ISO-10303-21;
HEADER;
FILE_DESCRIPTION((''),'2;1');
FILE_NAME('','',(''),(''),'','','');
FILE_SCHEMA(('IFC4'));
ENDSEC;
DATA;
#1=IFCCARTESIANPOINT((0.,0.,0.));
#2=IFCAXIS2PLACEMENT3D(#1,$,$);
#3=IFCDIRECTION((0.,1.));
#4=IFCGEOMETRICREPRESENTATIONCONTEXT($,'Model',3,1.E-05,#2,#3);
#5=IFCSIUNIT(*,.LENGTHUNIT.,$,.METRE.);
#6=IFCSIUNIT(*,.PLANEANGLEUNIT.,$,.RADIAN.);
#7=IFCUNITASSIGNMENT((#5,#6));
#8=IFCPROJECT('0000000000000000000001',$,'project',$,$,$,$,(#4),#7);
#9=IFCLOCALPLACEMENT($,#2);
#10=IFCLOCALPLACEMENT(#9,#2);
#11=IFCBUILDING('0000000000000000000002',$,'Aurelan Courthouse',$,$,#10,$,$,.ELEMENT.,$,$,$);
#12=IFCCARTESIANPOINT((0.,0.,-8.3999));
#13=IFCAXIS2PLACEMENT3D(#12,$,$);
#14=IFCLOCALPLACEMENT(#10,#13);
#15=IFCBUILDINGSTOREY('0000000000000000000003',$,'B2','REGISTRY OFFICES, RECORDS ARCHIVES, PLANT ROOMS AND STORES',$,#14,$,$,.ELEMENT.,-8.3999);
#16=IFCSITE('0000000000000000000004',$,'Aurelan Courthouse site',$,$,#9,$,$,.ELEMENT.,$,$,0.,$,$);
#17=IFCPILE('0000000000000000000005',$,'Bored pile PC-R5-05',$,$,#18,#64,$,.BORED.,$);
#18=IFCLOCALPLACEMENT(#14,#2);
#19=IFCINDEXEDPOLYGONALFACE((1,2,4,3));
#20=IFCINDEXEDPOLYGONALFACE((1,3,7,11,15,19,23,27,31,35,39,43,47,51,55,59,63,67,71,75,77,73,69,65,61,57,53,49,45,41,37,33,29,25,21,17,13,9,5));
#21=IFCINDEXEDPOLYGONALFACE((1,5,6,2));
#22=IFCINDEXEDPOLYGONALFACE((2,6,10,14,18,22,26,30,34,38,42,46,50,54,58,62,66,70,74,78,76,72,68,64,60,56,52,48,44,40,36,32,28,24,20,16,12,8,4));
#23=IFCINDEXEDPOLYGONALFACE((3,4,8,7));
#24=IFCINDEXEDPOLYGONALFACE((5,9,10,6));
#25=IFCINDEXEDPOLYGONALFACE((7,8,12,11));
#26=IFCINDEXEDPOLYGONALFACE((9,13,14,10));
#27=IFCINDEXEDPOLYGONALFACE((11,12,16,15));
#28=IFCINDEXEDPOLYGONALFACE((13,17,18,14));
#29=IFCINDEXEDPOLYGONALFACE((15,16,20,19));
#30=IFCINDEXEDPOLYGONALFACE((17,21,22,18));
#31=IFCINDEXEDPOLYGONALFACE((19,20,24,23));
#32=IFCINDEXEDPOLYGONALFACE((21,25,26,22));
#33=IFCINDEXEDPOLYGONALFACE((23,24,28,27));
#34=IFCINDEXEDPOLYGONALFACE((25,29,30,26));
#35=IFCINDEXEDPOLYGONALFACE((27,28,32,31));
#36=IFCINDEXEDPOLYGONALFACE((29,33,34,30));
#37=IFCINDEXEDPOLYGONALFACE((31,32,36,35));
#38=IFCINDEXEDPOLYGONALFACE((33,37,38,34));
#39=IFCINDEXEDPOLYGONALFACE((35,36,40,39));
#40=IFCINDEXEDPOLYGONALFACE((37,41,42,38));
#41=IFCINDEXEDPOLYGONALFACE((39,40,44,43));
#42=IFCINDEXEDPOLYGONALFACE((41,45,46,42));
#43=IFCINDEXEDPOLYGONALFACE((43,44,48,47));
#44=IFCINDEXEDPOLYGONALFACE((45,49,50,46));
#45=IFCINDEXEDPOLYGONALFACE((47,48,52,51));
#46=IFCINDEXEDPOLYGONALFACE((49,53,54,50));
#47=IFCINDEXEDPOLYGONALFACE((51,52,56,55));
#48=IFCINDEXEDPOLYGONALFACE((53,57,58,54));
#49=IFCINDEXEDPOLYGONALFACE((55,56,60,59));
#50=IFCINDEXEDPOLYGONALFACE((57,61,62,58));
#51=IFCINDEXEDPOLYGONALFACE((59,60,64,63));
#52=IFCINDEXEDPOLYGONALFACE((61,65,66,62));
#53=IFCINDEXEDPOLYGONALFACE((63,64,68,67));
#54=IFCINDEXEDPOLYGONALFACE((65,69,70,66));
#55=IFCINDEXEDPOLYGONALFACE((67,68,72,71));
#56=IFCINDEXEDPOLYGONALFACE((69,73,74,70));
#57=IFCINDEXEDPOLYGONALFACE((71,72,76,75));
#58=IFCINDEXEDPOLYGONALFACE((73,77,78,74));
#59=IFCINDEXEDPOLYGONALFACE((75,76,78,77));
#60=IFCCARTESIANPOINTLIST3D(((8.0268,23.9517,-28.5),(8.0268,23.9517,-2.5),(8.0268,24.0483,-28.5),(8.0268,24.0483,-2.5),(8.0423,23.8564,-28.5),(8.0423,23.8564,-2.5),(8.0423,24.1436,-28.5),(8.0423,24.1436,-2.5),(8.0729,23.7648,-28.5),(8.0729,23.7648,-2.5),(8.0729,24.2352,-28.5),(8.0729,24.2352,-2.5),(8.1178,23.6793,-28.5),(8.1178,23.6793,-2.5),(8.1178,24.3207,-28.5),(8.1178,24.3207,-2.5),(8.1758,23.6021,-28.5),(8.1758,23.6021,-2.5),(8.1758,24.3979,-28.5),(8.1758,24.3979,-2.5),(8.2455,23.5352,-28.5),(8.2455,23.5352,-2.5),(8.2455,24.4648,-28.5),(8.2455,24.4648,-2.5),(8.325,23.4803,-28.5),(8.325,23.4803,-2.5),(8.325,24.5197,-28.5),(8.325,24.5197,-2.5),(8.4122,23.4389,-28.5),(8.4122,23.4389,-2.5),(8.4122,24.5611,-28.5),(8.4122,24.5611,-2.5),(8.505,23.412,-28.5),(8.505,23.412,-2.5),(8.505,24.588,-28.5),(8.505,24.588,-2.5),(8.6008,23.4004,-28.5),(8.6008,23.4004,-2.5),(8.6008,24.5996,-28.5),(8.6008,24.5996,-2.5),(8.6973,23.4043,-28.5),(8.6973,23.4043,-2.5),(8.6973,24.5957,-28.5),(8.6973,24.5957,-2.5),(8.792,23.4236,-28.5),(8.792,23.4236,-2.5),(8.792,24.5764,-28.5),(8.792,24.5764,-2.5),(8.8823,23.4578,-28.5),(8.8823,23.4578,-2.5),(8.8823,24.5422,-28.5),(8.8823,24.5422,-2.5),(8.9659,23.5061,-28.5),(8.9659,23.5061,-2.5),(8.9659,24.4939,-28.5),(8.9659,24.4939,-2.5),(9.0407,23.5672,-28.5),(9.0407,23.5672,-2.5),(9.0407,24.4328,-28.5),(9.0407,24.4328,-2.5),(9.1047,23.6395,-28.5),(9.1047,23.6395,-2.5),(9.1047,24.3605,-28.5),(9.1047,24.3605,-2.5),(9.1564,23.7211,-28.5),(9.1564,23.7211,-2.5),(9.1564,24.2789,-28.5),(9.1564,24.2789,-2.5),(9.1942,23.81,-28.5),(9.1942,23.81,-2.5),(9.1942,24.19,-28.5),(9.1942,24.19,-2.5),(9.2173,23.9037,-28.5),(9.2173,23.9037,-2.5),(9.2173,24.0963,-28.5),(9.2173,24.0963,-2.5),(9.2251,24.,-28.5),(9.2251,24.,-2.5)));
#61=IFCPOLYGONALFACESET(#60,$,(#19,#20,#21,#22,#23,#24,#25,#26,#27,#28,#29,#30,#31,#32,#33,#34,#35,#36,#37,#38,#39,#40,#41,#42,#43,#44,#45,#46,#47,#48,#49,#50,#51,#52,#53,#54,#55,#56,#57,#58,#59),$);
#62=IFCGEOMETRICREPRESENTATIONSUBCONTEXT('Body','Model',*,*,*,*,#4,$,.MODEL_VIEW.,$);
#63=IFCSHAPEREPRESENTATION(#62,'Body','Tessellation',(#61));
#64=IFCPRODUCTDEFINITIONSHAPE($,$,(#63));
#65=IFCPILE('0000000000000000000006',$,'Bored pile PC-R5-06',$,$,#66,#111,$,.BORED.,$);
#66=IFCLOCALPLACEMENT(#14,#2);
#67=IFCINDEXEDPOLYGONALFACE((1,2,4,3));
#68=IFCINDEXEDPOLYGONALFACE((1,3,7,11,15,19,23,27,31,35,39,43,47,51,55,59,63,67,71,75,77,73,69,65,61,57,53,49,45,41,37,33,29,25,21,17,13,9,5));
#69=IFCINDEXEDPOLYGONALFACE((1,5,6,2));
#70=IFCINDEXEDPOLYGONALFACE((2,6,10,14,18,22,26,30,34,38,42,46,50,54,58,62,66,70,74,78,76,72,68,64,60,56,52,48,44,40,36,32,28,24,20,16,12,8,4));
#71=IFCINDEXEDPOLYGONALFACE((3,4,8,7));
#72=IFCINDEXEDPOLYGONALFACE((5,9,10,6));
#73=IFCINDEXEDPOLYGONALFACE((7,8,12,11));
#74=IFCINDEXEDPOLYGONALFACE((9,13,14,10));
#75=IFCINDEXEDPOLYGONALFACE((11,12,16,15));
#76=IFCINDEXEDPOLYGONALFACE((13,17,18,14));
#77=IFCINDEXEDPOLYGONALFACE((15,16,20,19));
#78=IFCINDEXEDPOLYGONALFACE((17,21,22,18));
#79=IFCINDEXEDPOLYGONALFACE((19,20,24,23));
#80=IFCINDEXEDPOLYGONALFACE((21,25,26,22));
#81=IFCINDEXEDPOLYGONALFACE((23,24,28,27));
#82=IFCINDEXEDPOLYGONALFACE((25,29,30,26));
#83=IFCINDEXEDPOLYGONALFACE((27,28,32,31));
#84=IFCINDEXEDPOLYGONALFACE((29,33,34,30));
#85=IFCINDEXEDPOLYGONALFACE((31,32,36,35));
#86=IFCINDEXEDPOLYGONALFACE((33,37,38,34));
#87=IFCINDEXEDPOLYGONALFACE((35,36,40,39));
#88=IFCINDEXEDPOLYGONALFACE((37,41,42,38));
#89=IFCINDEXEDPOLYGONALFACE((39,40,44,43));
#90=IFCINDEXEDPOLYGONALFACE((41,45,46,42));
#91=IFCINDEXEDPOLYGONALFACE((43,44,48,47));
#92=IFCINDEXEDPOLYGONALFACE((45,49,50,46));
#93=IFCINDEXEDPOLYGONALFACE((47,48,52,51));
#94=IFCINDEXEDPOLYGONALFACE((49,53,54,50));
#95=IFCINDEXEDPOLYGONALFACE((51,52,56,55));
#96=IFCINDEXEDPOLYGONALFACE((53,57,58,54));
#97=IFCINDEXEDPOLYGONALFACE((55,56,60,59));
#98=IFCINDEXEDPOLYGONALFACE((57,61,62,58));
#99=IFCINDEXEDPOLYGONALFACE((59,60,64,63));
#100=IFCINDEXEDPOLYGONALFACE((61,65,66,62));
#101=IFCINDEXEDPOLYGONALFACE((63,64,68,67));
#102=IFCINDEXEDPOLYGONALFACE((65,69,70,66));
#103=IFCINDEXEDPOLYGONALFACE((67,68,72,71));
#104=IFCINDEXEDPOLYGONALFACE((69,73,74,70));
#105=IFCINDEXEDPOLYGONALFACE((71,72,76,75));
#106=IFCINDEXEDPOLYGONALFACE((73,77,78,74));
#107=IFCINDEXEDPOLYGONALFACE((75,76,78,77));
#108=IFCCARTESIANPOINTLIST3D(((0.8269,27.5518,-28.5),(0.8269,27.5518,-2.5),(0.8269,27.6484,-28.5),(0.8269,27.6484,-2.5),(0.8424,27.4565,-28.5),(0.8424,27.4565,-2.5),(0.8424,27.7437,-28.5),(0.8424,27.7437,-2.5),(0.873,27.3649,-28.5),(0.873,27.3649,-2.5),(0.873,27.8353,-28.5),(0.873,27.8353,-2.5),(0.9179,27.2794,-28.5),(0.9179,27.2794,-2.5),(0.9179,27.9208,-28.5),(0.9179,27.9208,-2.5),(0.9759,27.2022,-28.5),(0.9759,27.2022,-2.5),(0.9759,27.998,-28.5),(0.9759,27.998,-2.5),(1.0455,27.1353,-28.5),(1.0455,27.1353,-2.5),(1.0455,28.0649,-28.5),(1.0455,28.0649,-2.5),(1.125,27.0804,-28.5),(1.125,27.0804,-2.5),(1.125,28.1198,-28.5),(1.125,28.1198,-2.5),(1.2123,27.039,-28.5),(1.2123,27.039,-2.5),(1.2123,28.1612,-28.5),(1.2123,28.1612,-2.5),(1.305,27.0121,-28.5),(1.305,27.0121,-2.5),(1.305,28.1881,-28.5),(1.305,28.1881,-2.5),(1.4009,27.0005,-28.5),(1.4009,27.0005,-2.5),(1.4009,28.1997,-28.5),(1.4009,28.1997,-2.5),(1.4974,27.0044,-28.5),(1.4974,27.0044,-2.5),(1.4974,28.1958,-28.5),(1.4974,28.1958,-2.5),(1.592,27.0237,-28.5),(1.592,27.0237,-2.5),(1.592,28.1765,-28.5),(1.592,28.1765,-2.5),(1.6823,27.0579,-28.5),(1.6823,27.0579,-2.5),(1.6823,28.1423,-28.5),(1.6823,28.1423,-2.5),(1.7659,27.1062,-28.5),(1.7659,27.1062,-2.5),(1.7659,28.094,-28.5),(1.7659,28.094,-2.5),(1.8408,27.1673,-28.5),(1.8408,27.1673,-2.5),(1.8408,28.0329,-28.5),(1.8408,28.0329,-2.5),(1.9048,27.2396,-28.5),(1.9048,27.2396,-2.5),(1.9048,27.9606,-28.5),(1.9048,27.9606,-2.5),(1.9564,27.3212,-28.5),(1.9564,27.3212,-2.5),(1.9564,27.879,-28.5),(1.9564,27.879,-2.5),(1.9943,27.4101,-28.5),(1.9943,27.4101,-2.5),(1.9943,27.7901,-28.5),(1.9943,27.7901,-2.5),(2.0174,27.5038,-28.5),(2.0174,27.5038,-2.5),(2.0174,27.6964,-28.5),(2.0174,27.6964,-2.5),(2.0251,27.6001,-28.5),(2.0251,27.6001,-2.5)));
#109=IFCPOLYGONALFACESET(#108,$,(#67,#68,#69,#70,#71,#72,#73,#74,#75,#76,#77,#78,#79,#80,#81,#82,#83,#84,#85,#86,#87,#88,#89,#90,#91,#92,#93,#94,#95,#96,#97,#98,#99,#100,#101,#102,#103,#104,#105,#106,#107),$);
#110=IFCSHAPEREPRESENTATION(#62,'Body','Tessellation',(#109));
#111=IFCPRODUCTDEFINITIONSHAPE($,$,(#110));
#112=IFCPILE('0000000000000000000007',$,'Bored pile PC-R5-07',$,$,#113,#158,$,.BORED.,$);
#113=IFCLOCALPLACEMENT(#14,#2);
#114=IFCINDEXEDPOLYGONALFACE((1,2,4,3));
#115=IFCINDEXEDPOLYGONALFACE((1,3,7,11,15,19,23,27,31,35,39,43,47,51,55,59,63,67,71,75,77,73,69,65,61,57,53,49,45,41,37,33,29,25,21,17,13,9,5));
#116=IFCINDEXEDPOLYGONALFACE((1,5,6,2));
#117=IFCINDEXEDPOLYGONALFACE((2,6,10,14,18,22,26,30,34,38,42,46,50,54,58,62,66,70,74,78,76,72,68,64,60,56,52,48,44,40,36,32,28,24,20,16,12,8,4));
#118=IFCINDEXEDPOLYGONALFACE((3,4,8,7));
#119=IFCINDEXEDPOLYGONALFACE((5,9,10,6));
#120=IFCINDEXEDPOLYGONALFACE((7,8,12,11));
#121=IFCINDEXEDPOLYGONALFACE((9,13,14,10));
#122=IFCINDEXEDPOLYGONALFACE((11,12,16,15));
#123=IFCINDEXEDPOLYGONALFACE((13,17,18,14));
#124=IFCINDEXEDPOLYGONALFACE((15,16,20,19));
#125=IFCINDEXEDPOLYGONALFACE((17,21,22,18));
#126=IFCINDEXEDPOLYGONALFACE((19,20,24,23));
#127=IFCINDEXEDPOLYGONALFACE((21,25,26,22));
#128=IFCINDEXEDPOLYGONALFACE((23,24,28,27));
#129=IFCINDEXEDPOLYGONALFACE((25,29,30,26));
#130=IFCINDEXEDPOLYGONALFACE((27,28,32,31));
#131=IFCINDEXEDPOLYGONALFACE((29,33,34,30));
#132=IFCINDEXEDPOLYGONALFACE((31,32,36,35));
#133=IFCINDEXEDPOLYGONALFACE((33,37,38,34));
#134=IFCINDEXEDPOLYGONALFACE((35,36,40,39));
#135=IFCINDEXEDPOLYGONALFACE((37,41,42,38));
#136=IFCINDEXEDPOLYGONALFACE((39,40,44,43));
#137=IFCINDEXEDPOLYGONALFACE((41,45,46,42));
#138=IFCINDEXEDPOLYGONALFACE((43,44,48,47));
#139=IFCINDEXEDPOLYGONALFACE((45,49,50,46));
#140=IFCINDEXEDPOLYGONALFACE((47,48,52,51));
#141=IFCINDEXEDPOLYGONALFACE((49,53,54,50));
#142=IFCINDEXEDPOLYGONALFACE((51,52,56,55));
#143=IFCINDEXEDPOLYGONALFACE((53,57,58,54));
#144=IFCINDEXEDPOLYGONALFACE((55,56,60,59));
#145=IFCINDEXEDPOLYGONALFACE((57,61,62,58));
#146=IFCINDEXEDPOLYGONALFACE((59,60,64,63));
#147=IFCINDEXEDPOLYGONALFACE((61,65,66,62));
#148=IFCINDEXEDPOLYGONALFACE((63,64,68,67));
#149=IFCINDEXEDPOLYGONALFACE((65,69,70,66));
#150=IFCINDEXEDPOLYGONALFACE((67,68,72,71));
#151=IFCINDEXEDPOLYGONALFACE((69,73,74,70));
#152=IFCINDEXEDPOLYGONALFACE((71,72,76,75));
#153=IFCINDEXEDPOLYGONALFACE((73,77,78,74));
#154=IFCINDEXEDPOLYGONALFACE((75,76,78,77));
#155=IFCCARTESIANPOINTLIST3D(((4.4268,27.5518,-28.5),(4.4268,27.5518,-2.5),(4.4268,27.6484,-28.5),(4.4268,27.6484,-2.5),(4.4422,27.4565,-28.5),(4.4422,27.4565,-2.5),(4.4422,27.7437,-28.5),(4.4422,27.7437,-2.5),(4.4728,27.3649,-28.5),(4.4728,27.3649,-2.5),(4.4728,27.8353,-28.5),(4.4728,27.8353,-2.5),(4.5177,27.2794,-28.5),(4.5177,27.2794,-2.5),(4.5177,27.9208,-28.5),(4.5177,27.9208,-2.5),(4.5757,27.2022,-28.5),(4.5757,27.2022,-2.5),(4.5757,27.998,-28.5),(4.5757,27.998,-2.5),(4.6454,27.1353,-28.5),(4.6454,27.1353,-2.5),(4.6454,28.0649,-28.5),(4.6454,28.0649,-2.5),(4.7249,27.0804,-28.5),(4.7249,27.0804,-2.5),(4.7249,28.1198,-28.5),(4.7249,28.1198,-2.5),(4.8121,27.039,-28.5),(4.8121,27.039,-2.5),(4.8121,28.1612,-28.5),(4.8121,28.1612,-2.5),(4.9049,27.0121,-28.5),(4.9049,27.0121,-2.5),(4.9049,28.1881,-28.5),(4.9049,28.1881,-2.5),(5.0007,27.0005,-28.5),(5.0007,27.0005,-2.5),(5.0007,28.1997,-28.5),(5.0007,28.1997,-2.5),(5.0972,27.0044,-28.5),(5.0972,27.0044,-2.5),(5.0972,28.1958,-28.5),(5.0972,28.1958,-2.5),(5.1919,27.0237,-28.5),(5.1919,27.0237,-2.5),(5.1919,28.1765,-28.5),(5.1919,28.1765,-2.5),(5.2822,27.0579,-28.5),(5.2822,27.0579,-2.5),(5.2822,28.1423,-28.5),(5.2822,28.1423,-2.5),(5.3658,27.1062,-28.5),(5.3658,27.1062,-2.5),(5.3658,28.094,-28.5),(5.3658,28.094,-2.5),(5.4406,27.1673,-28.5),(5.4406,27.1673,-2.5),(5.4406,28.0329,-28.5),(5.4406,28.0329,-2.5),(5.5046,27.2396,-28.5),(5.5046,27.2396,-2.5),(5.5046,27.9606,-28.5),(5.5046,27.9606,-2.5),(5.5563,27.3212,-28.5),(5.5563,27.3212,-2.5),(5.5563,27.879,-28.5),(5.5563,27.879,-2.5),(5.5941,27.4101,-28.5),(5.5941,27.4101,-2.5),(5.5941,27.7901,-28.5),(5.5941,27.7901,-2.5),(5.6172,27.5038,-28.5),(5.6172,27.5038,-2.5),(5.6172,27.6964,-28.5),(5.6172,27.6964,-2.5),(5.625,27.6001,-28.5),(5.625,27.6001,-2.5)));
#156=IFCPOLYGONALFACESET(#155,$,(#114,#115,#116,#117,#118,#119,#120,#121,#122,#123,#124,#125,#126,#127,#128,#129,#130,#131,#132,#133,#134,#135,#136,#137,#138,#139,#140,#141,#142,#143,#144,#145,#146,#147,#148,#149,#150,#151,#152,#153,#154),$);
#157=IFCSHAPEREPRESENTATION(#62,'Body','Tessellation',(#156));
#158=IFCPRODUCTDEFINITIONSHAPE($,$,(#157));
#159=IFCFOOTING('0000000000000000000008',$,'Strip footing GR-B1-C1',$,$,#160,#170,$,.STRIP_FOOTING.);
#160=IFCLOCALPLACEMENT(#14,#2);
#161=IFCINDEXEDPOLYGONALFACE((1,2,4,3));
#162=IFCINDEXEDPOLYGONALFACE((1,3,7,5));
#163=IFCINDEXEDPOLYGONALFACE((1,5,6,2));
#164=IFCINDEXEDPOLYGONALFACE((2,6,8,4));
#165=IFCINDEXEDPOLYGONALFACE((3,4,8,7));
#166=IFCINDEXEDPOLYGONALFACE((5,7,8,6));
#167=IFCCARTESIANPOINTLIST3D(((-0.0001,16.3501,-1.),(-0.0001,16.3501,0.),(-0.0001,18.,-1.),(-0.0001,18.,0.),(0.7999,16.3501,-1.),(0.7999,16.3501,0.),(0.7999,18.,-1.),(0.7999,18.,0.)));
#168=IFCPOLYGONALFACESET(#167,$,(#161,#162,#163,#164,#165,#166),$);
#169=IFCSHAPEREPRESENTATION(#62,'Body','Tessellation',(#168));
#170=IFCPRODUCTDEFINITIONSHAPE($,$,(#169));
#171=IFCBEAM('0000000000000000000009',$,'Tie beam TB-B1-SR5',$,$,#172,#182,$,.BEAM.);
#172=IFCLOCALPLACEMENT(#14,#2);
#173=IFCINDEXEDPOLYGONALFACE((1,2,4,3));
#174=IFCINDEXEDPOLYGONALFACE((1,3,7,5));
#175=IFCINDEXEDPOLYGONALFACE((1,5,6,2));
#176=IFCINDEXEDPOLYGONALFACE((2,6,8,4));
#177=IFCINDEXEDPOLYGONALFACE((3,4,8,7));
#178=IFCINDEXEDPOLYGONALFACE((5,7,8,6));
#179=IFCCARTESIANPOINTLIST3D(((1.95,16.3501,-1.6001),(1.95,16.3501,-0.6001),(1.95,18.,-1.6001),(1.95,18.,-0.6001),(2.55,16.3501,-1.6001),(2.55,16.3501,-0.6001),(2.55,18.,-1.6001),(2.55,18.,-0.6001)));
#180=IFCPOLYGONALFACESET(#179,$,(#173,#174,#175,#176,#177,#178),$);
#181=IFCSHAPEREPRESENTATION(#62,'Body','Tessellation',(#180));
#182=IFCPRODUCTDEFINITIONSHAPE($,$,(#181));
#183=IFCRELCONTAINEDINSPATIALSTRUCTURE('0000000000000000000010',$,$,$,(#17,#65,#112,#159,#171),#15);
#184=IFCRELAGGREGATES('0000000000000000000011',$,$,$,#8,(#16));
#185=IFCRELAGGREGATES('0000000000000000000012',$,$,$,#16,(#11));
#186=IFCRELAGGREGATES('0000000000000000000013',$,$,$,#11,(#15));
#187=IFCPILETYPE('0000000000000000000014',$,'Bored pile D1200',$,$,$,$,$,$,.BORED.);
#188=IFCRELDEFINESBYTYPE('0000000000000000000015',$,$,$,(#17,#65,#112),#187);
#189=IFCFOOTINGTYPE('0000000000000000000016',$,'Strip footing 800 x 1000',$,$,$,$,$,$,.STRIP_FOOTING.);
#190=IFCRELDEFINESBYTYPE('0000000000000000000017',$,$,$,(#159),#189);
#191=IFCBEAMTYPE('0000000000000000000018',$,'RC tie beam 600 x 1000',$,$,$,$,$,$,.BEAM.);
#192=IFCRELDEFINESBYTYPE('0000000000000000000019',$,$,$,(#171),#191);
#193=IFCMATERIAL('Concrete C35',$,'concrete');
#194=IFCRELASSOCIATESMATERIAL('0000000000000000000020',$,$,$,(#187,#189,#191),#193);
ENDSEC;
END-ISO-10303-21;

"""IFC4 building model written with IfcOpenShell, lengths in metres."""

from ifc_helpers import new_model, si_unit, direction, frame, origin, origin_2d, place, context, subcontext, project, spatial, rectangle, circle, extrude, material, material_profile, profile_set, type_object, element, save


model = new_model("IFC4")

# Units and contexts
model_context = context("Model", 3, precision=1e-05, world=origin(), true_north=direction((0.0, 1.0)))
body_context = subcontext(model_context, "Body", "Model", "MODEL_VIEW")
ifc_project = project(units=[si_unit("LENGTHUNIT", "METRE"), si_unit("PLANEANGLEUNIT", "RADIAN")], contexts=[model_context])

# Site, building, storey
site_placement = place(None, origin())
site = spatial("IfcSite", under=ifc_project, at=site_placement, Name="Aurelan Courthouse site", CompositionType="ELEMENT", RefElevation=0.0)
building_placement = place(site_placement, origin())
building = spatial("IfcBuilding", under=site, at=building_placement, Name="Aurelan Courthouse", CompositionType="ELEMENT")
storey_placement = place(building_placement, frame((0.0, 0.0, -8.3999)))
storey = spatial("IfcBuildingStorey", under=building, at=storey_placement, Name="B2", Description="REGISTRY OFFICES, RECORDS ARCHIVES, PLANT ROOMS AND STORES", CompositionType="ELEMENT", Elevation=-8.3999)

# Piles
ifc_material_1 = material(Name="Concrete C35", Category="concrete")
ifc_material_profile_1 = material_profile(ifc_material_1, circle(Radius=0.6001, at=origin_2d()), Name="D1200")
ifc_profile_set_1 = profile_set([ifc_material_profile_1], Name="Concrete C35")
pile_type = type_object("IfcPileType", Name="Bored pile D1200", PredefinedType="BORED", material=ifc_profile_set_1)
for number, where, z_axis, x_axis, name in (
    (1, (8.625, 24.0, -2.5), (0.0, 0.0, -1.0), (1.0, 0.0, 0.0), "Bored pile PC-R5-05"),
    (2, (1.425, 27.6001, -2.5), (0.0, 0.0, -1.0), (1.0, 0.0, 0.0), "Bored pile PC-R5-06"),
    (3, (5.0249, 27.6001, -2.5), (0.0, 0.0, -1.0), (1.0, 0.0, 0.0), "Bored pile PC-R5-07"),
):
    element("IfcPile", number, at=place(storey_placement, frame(where, z_axis=z_axis, x_axis=x_axis)), inside=storey, type_object=pile_type, Name=name, PredefinedType="BORED", context=body_context, shape_type="SweptSolid", body=[
        extrude(circle(Radius=0.6001, at=origin_2d()), origin(), (0.0, 0.0, 1.0), 26.0),
    ])

# Footing
footing_type = type_object("IfcFootingType", Name="Strip footing 800 x 1000", PredefinedType="STRIP_FOOTING", material=ifc_material_1)
footing_placement = place(storey_placement, frame((0.3999, 17.175, -1.0), z_axis=(0.0, 0.0, 1.0), x_axis=(1.0, 0.0, 0.0)))
element("IfcFooting", 4, at=footing_placement, inside=storey, type_object=footing_type, Name="Strip footing GR-B1-C1", PredefinedType="STRIP_FOOTING", context=body_context, shape_type="SweptSolid", body=[
    extrude(rectangle(XDim=0.8, YDim=1.6499, at=origin_2d()), origin(), (0.0, 0.0, 1.0), 1.0),
])

# Beam
ifc_material_profile_2 = material_profile(ifc_material_1, rectangle(XDim=0.6001, YDim=1.0, at=origin_2d()), Name="RC 600 x 1000")
ifc_profile_set_2 = profile_set([ifc_material_profile_2], Name="Concrete C35")
beam_type = type_object("IfcBeamType", Name="RC tie beam 600 x 1000", PredefinedType="BEAM", material=ifc_profile_set_2)
beam_placement = place(storey_placement, frame((2.25, 16.3501, -1.1001), z_axis=(0.0, 1.0, 0.0), x_axis=(-1.0, 0.0, 0.0)))
element("IfcBeam", 5, at=beam_placement, inside=storey, type_object=beam_type, Name="Tie beam TB-B1-SR5", PredefinedType="BEAM", context=body_context, shape_type="SweptSolid", body=[
    extrude(rectangle(XDim=0.6001, YDim=1.0, at=origin_2d()), origin(), (0.0, 0.0, 1.0), 1.6499),
])

save(model, "model.ifc")
